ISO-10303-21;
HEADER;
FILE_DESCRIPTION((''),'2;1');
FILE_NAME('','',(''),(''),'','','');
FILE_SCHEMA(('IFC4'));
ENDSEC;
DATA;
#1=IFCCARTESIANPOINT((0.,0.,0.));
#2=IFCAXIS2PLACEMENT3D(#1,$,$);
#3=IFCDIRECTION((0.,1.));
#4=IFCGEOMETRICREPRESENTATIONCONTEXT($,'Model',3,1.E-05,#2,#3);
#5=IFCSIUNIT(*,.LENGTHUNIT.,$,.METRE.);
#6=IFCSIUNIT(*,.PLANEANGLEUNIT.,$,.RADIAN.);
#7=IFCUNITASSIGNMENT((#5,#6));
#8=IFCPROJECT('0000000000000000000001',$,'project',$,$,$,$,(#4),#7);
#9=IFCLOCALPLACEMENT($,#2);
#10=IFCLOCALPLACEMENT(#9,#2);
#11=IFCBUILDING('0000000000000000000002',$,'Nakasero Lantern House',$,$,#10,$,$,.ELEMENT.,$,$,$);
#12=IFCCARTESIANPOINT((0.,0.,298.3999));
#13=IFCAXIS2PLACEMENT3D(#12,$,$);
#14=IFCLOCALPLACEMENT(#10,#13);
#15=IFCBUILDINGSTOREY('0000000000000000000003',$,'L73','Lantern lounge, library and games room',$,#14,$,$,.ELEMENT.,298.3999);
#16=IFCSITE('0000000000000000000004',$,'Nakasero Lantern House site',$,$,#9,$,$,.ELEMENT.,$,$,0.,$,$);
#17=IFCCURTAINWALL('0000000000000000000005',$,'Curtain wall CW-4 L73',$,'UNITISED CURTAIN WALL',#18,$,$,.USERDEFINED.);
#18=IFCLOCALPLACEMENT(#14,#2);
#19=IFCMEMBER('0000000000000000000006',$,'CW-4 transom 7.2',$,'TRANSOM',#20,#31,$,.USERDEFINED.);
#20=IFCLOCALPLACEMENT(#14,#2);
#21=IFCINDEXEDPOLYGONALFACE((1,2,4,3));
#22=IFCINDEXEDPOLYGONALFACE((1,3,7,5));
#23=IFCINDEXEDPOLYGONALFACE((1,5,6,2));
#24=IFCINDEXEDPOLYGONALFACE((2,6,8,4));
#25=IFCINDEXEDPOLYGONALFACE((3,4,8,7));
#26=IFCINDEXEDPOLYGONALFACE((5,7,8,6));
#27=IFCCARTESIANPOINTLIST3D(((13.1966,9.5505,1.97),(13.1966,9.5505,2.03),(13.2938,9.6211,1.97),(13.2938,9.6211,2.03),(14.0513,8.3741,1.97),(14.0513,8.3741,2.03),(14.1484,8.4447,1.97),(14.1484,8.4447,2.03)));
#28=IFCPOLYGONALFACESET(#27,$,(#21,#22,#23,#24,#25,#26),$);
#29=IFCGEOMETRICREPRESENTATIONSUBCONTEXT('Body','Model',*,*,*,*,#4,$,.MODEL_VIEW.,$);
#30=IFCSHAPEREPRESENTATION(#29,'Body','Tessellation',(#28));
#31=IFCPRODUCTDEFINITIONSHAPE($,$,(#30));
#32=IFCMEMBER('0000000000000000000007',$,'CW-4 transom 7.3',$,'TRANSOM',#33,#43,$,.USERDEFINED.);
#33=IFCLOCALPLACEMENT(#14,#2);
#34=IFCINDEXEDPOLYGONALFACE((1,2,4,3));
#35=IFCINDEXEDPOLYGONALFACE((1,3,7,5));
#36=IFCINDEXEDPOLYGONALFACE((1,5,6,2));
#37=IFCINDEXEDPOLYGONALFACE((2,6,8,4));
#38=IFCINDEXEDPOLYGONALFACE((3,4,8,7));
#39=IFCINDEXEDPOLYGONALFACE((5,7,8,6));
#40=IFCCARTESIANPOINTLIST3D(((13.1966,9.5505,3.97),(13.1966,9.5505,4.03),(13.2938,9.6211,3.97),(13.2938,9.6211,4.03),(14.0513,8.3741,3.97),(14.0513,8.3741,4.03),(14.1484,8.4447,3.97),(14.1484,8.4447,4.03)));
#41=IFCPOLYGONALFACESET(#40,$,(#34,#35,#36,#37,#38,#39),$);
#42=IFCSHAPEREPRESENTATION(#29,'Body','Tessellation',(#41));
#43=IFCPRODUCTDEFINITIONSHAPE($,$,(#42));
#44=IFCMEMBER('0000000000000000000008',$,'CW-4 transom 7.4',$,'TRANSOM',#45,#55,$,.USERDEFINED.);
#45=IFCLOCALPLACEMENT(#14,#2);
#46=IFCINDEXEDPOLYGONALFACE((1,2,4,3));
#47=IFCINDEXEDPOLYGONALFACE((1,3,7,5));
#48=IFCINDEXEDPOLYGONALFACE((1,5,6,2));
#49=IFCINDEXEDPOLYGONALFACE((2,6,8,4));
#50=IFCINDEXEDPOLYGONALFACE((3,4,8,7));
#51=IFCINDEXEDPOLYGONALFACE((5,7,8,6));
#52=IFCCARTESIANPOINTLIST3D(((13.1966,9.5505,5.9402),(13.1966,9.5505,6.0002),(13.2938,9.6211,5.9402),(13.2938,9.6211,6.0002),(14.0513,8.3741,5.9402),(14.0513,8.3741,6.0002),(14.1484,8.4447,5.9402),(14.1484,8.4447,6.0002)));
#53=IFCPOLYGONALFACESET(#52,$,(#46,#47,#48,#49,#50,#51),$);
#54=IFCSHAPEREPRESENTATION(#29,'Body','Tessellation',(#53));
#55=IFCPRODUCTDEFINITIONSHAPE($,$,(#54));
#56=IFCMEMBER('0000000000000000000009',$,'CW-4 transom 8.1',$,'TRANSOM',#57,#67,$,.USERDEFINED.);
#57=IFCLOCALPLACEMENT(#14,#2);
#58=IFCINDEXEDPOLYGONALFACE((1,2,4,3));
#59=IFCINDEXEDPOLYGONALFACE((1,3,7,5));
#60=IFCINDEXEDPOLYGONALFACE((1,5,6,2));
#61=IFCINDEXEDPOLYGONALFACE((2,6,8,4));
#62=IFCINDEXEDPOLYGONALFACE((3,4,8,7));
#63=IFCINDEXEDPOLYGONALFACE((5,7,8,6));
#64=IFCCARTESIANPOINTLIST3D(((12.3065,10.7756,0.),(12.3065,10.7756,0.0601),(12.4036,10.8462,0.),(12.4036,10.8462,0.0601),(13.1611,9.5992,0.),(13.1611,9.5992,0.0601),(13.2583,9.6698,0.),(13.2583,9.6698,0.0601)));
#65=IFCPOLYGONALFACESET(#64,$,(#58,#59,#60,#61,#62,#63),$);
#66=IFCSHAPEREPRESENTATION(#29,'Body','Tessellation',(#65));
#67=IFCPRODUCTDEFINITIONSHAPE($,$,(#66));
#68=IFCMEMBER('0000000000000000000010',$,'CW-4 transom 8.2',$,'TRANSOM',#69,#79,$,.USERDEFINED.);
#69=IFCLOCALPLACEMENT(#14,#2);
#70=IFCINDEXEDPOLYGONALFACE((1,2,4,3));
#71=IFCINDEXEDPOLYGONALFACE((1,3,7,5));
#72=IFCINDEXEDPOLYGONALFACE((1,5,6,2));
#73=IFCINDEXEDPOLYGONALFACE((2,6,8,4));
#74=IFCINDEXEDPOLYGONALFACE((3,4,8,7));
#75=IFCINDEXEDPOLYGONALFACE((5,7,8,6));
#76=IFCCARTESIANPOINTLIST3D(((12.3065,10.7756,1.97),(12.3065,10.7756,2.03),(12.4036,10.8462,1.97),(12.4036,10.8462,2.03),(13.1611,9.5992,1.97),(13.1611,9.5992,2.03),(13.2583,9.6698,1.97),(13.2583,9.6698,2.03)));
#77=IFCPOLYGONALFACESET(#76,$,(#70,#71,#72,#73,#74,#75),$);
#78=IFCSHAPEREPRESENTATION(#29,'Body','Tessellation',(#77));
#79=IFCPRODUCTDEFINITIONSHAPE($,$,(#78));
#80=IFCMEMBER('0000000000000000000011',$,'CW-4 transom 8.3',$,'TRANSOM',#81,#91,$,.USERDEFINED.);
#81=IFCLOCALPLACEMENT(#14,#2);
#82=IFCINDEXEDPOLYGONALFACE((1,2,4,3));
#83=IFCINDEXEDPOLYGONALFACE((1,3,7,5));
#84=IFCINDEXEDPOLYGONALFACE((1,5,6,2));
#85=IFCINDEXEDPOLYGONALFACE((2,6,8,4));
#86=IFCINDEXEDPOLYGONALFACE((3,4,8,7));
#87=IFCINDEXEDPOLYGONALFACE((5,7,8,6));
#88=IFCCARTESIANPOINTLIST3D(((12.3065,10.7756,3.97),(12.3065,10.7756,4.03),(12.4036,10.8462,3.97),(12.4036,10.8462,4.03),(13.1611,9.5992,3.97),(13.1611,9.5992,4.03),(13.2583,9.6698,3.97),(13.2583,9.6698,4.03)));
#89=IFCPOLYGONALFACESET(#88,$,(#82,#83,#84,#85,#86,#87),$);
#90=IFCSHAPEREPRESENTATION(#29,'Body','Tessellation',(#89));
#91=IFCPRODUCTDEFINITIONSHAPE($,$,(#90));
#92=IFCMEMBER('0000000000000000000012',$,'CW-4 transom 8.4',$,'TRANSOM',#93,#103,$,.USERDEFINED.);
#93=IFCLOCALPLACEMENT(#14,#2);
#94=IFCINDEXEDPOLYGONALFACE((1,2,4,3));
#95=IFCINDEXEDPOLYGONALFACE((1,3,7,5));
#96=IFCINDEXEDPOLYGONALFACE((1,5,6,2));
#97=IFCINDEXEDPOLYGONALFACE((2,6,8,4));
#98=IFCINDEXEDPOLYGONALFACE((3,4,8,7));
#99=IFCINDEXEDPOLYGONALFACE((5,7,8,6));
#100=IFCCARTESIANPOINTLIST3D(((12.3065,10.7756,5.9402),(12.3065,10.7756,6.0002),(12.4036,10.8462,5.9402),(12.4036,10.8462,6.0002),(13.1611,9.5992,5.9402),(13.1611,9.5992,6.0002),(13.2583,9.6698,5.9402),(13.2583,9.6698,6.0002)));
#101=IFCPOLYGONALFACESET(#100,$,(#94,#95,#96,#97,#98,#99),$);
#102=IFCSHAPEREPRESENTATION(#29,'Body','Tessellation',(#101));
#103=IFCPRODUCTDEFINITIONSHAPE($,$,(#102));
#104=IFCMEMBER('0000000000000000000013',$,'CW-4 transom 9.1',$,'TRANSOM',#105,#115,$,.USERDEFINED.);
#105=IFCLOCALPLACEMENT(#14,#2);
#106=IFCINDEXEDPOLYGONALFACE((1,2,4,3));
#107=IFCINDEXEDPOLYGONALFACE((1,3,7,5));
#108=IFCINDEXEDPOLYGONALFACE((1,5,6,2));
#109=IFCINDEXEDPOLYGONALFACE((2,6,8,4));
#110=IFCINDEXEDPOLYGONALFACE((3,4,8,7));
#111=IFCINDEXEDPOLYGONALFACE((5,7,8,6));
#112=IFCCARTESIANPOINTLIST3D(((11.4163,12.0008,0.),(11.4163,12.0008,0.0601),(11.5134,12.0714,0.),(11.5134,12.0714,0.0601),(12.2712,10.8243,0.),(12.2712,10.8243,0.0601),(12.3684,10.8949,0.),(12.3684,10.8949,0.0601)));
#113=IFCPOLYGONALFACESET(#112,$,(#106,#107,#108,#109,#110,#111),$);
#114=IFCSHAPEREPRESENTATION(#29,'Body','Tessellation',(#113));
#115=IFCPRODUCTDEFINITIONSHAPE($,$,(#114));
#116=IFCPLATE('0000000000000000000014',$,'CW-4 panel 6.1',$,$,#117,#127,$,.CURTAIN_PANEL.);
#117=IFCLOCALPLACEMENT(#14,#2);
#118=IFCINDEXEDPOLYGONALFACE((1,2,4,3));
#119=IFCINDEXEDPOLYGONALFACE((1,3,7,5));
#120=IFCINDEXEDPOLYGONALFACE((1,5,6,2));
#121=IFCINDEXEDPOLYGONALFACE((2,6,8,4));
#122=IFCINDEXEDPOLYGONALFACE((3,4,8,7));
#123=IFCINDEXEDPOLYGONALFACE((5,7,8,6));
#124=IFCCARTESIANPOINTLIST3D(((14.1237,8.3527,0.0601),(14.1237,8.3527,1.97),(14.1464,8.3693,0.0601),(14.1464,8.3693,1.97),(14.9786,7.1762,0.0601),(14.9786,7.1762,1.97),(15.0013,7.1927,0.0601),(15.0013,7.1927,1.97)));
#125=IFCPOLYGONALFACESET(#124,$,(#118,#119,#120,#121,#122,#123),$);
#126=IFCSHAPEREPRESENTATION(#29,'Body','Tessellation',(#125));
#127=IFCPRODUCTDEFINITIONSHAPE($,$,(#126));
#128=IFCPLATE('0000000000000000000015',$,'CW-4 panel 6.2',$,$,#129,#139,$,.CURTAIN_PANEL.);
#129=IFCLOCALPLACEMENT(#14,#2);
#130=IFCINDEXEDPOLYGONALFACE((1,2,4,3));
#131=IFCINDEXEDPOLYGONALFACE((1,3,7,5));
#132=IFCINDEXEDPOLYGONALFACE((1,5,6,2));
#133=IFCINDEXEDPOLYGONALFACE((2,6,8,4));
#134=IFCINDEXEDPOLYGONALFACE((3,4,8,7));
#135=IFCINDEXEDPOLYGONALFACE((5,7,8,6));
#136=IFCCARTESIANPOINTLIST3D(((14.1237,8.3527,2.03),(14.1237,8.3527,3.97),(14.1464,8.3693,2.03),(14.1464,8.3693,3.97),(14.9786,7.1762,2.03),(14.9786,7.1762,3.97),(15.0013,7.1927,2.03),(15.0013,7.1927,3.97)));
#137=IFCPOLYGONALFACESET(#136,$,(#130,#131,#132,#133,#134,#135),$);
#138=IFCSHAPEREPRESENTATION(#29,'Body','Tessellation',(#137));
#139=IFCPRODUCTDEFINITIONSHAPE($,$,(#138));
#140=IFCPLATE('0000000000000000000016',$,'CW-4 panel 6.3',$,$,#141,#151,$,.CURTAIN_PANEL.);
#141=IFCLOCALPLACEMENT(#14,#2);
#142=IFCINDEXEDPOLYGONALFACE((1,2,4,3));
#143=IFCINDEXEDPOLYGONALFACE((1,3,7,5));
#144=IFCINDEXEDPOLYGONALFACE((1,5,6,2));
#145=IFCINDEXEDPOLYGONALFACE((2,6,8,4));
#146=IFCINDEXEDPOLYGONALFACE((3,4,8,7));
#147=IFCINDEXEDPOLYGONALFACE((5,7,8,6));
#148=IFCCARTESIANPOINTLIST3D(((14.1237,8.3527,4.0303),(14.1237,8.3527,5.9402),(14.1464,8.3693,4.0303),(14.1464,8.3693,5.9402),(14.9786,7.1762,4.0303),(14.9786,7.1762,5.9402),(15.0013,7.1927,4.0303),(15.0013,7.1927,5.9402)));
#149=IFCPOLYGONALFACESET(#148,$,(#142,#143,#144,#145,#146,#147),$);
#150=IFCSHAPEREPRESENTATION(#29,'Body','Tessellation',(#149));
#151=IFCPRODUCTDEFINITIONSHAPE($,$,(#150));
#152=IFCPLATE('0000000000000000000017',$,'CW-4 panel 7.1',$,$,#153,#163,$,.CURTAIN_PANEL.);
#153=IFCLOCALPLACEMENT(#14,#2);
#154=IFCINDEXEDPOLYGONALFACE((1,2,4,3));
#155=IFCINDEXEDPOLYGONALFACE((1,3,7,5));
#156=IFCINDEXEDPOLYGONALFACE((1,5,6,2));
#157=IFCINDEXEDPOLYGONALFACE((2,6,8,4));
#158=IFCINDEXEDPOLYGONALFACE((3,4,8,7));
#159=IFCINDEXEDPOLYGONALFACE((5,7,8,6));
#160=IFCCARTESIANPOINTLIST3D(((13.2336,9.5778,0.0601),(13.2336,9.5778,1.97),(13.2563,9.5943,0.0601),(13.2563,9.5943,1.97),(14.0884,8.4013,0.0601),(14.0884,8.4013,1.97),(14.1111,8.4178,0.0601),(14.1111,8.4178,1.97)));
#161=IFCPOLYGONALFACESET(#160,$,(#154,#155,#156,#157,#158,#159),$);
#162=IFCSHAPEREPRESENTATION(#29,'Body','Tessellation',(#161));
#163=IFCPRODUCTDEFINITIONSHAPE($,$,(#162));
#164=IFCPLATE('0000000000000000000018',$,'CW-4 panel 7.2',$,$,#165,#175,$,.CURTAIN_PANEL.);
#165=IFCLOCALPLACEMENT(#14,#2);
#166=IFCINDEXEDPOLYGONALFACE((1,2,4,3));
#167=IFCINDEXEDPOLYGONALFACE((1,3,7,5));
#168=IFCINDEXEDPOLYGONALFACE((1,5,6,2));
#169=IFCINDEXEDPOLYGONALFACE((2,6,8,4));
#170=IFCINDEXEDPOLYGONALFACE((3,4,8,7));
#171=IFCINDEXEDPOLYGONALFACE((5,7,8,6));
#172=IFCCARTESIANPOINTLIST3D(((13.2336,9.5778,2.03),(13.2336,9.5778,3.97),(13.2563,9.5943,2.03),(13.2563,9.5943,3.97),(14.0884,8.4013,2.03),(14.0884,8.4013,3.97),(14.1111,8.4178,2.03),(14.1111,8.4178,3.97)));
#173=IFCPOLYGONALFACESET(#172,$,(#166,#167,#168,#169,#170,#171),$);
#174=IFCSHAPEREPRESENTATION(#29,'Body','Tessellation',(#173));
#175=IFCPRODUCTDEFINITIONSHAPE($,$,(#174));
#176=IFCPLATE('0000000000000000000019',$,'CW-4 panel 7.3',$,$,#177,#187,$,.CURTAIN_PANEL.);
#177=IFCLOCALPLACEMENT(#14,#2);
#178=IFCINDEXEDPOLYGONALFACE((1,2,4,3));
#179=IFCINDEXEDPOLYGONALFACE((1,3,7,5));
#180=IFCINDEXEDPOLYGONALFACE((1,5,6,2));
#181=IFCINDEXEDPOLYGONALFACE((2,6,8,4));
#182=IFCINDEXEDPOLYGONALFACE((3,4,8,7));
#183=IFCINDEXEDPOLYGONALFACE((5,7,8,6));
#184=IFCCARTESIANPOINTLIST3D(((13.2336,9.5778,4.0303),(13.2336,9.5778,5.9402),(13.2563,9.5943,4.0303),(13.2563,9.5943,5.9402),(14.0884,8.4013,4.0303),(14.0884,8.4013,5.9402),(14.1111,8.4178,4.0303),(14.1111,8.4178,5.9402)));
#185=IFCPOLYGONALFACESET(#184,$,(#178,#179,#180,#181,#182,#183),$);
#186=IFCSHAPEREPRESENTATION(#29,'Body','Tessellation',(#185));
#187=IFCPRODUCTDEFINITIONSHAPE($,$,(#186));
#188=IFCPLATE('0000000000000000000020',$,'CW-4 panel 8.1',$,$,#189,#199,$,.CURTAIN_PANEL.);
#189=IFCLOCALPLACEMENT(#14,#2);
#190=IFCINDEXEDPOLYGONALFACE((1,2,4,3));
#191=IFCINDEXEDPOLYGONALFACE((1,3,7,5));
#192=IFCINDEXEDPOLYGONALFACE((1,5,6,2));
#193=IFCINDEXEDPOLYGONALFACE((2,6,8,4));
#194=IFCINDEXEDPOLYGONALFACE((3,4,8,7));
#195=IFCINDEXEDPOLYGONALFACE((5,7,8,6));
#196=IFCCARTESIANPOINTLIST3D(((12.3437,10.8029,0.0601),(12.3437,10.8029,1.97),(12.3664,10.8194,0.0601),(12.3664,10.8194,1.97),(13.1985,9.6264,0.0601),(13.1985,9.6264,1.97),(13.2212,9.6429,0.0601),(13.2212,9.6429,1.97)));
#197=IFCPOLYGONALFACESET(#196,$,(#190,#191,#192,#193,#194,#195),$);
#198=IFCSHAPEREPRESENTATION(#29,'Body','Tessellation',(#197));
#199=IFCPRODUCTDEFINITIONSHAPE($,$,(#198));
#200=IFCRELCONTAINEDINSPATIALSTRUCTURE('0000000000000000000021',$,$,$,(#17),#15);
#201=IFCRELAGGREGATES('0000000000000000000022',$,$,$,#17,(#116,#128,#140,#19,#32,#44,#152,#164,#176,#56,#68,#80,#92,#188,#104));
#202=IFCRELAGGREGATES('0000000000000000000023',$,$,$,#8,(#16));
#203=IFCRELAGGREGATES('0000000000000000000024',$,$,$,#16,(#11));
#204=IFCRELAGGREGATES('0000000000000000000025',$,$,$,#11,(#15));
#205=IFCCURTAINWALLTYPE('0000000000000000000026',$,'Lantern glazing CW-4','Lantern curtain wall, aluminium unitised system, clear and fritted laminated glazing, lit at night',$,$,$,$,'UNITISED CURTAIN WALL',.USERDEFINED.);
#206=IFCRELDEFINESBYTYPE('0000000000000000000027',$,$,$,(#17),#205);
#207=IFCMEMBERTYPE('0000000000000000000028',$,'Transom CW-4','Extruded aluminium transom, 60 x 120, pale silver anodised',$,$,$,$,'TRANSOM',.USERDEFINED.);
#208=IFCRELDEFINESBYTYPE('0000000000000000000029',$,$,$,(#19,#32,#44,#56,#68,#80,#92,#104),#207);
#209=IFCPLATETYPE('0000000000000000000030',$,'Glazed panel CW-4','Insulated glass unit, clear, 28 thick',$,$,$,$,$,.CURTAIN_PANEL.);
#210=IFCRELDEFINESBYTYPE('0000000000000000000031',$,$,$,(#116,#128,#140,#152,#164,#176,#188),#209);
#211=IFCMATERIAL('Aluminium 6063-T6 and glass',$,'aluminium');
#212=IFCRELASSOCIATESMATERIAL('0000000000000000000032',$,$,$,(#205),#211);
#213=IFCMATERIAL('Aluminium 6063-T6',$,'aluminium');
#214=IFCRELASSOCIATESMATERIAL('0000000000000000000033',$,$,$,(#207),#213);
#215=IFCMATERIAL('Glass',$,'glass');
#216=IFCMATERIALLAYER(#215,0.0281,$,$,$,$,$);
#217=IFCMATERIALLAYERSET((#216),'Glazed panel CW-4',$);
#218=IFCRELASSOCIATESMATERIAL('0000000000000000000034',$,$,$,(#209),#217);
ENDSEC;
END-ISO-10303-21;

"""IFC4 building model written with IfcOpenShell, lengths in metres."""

from ifc_helpers import new_model, si_unit, direction, frame, origin, origin_2d, place, context, subcontext, project, spatial, rectangle, extrude, material, layer, layer_set, material_profile, profile_set, type_object, element, aggregate, save


model = new_model("IFC4")

# Units and contexts
model_context = context("Model", 3, precision=1e-05, world=origin(), true_north=direction((0.0, 1.0)))
body_context = subcontext(model_context, "Body", "Model", "MODEL_VIEW")
ifc_project = project(units=[si_unit("LENGTHUNIT", "METRE"), si_unit("PLANEANGLEUNIT", "RADIAN")], contexts=[model_context])

# Site, building, storey
site_placement = place(None, origin())
site = spatial("IfcSite", under=ifc_project, at=site_placement, Name="Nakasero Lantern House site", CompositionType="ELEMENT", RefElevation=0.0)
building_placement = place(site_placement, origin())
building = spatial("IfcBuilding", under=site, at=building_placement, Name="Nakasero Lantern House", CompositionType="ELEMENT")
storey_placement = place(building_placement, frame((0.0, 0.0, 298.3999)))
storey = spatial("IfcBuildingStorey", under=building, at=storey_placement, Name="L73", Description="Lantern lounge, library and games room", CompositionType="ELEMENT", Elevation=298.3999)

# Curtain wall
ifc_material_1 = material(Name="Aluminium 6063-T6 and glass", Category="aluminium")
curtain_wall_type = type_object("IfcCurtainWallType", Name="Lantern glazing CW-4", Description="Lantern curtain wall, aluminium unitised system, clear and fritted laminated glazing, lit at night", ElementType="UNITISED CURTAIN WALL", PredefinedType="USERDEFINED", material=ifc_material_1)
curtain_wall_placement = place(storey_placement, origin())
curtain_wall = element("IfcCurtainWall", 1, at=curtain_wall_placement, inside=storey, type_object=curtain_wall_type, Name="Curtain wall CW-4 L73", ObjectType="UNITISED CURTAIN WALL", PredefinedType="USERDEFINED")

# Members
ifc_material_2 = material(Name="Aluminium 6063-T6", Category="aluminium")
ifc_material_profile_1 = material_profile(ifc_material_2, rectangle(XDim=0.0601, YDim=0.1201, at=origin_2d()), Name="CW-4 transom 60x120")
ifc_profile_set_1 = profile_set([ifc_material_profile_1], Name="Aluminium 6063-T6")
member_type_1 = type_object("IfcMemberType", Name="Transom CW-4", Description="Extruded aluminium transom, 60 x 120, pale silver anodised", ElementType="TRANSOM", PredefinedType="USERDEFINED", material=ifc_profile_set_1)
member_1_placement = place(storey_placement, frame((14.0999, 8.4094, 2.0), z_axis=(-0.587762, 0.809034, 0.0), x_axis=(0.0, 0.0, 1.0)))
member_1 = element("IfcMember", 2, at=member_1_placement, type_object=member_type_1, Name="CW-4 transom 7.2", ObjectType="TRANSOM", PredefinedType="USERDEFINED", context=body_context, shape_type="SweptSolid", body=[
    extrude(rectangle(XDim=0.0601, YDim=0.1201, at=origin_2d()), origin(), (0.0, 0.0, 1.0), 1.4541),
])
member_2_placement = place(storey_placement, frame((14.0999, 8.4094, 4.0), z_axis=(-0.587762, 0.809034, 0.0), x_axis=(0.0, 0.0, 1.0)))
member_2 = element("IfcMember", 3, at=member_2_placement, type_object=member_type_1, Name="CW-4 transom 7.3", ObjectType="TRANSOM", PredefinedType="USERDEFINED", context=body_context, shape_type="SweptSolid", body=[
    extrude(rectangle(XDim=0.0601, YDim=0.1201, at=origin_2d()), origin(), (0.0, 0.0, 1.0), 1.4541),
])
member_3_placement = place(storey_placement, frame((14.0999, 8.4094, 5.9702), z_axis=(-0.587762, 0.809034, 0.0), x_axis=(0.0, 0.0, 1.0)))
member_3 = element("IfcMember", 4, at=member_3_placement, type_object=member_type_1, Name="CW-4 transom 7.4", ObjectType="TRANSOM", PredefinedType="USERDEFINED", context=body_context, shape_type="SweptSolid", body=[
    extrude(rectangle(XDim=0.0601, YDim=0.1201, at=origin_2d()), origin(), (0.0, 0.0, 1.0), 1.4541),
])
member_4_placement = place(storey_placement, frame((13.2097, 9.6345, 0.03), z_axis=(-0.587762, 0.809034, 0.0), x_axis=(0.0, 0.0, 1.0)))
member_4 = element("IfcMember", 5, at=member_4_placement, type_object=member_type_1, Name="CW-4 transom 8.1", ObjectType="TRANSOM", PredefinedType="USERDEFINED", context=body_context, shape_type="SweptSolid", body=[
    extrude(rectangle(XDim=0.0601, YDim=0.1201, at=origin_2d()), origin(), (0.0, 0.0, 1.0), 1.4541),
])
member_5_placement = place(storey_placement, frame((13.2097, 9.6345, 2.0), z_axis=(-0.587762, 0.809034, 0.0), x_axis=(0.0, 0.0, 1.0)))
member_5 = element("IfcMember", 6, at=member_5_placement, type_object=member_type_1, Name="CW-4 transom 8.2", ObjectType="TRANSOM", PredefinedType="USERDEFINED", context=body_context, shape_type="SweptSolid", body=[
    extrude(rectangle(XDim=0.0601, YDim=0.1201, at=origin_2d()), origin(), (0.0, 0.0, 1.0), 1.4541),
])
member_6_placement = place(storey_placement, frame((13.2097, 9.6345, 4.0), z_axis=(-0.587762, 0.809034, 0.0), x_axis=(0.0, 0.0, 1.0)))
member_6 = element("IfcMember", 7, at=member_6_placement, type_object=member_type_1, Name="CW-4 transom 8.3", ObjectType="TRANSOM", PredefinedType="USERDEFINED", context=body_context, shape_type="SweptSolid", body=[
    extrude(rectangle(XDim=0.0601, YDim=0.1201, at=origin_2d()), origin(), (0.0, 0.0, 1.0), 1.4541),
])
member_7_placement = place(storey_placement, frame((13.2097, 9.6345, 5.9702), z_axis=(-0.587762, 0.809034, 0.0), x_axis=(0.0, 0.0, 1.0)))
member_7 = element("IfcMember", 8, at=member_7_placement, type_object=member_type_1, Name="CW-4 transom 8.4", ObjectType="TRANSOM", PredefinedType="USERDEFINED", context=body_context, shape_type="SweptSolid", body=[
    extrude(rectangle(XDim=0.0601, YDim=0.1201, at=origin_2d()), origin(), (0.0, 0.0, 1.0), 1.4541),
])
member_8_placement = place(storey_placement, frame((12.3198, 10.8596, 0.03), z_axis=(-0.587872, 0.808954, 0.0), x_axis=(0.0, 0.0, 1.0)))
member_8 = element("IfcMember", 9, at=member_8_placement, type_object=member_type_1, Name="CW-4 transom 9.1", ObjectType="TRANSOM", PredefinedType="USERDEFINED", context=body_context, shape_type="SweptSolid", body=[
    extrude(rectangle(XDim=0.0601, YDim=0.1201, at=origin_2d()), origin(), (0.0, 0.0, 1.0), 1.4543),
])

# Plates
ifc_material_3 = material(Name="Glass", Category="glass")
ifc_layer_1 = layer(ifc_material_3, 0.0281)
ifc_layer_set_1 = layer_set([ifc_layer_1], Name="Glazed panel CW-4")
plate_type = type_object("IfcPlateType", Name="Glazed panel CW-4", Description="Insulated glass unit, clear, 28 thick", PredefinedType="CURTAIN_PANEL", material=ifc_layer_set_1)
plate_1_placement = place(storey_placement, frame((14.5625, 7.7727, 0.0601), z_axis=(0.0, 0.0, 1.0), x_axis=(-0.587785, 0.809017, 0.0)))
plate_1 = element("IfcPlate", 10, at=plate_1_placement, type_object=plate_type, Name="CW-4 panel 6.1", PredefinedType="CURTAIN_PANEL", context=body_context, shape_type="SweptSolid", body=[
    extrude(rectangle(XDim=1.4543, YDim=0.0281, at=origin_2d()), origin(), (0.0, 0.0, 1.0), 1.9099),
])
plate_2_placement = place(storey_placement, frame((14.5625, 7.7727, 2.03), z_axis=(0.0, 0.0, 1.0), x_axis=(-0.587785, 0.809017, 0.0)))
plate_2 = element("IfcPlate", 11, at=plate_2_placement, type_object=plate_type, Name="CW-4 panel 6.2", PredefinedType="CURTAIN_PANEL", context=body_context, shape_type="SweptSolid", body=[
    extrude(rectangle(XDim=1.4543, YDim=0.0281, at=origin_2d()), origin(), (0.0, 0.0, 1.0), 1.9399),
])
plate_3_placement = place(storey_placement, frame((14.5625, 7.7727, 4.0303), z_axis=(0.0, 0.0, 1.0), x_axis=(-0.587785, 0.809017, 0.0)))
plate_3 = element("IfcPlate", 12, at=plate_3_placement, type_object=plate_type, Name="CW-4 panel 6.3", PredefinedType="CURTAIN_PANEL", context=body_context, shape_type="SweptSolid", body=[
    extrude(rectangle(XDim=1.4543, YDim=0.0281, at=origin_2d()), origin(), (0.0, 0.0, 1.0), 1.9099),
])
plate_4_placement = place(storey_placement, frame((13.6724, 8.9978, 0.0601), z_axis=(0.0, 0.0, 1.0), x_axis=(-0.587785, 0.809017, 0.0)))
plate_4 = element("IfcPlate", 13, at=plate_4_placement, type_object=plate_type, Name="CW-4 panel 7.1", PredefinedType="CURTAIN_PANEL", context=body_context, shape_type="SweptSolid", body=[
    extrude(rectangle(XDim=1.4543, YDim=0.0281, at=origin_2d()), origin(), (0.0, 0.0, 1.0), 1.9099),
])
plate_5_placement = place(storey_placement, frame((13.6724, 8.9978, 2.03), z_axis=(0.0, 0.0, 1.0), x_axis=(-0.587785, 0.809017, 0.0)))
plate_5 = element("IfcPlate", 14, at=plate_5_placement, type_object=plate_type, Name="CW-4 panel 7.2", PredefinedType="CURTAIN_PANEL", context=body_context, shape_type="SweptSolid", body=[
    extrude(rectangle(XDim=1.4543, YDim=0.0281, at=origin_2d()), origin(), (0.0, 0.0, 1.0), 1.9399),
])
plate_6_placement = place(storey_placement, frame((13.6724, 8.9978, 4.0303), z_axis=(0.0, 0.0, 1.0), x_axis=(-0.587785, 0.809017, 0.0)))
plate_6 = element("IfcPlate", 15, at=plate_6_placement, type_object=plate_type, Name="CW-4 panel 7.3", PredefinedType="CURTAIN_PANEL", context=body_context, shape_type="SweptSolid", body=[
    extrude(rectangle(XDim=1.4543, YDim=0.0281, at=origin_2d()), origin(), (0.0, 0.0, 1.0), 1.9099),
])
plate_7_placement = place(storey_placement, frame((12.7825, 10.2229, 0.0601), z_axis=(0.0, 0.0, 1.0), x_axis=(-0.587785, 0.809017, 0.0)))
plate_7 = element("IfcPlate", 16, at=plate_7_placement, type_object=plate_type, Name="CW-4 panel 8.1", PredefinedType="CURTAIN_PANEL", context=body_context, shape_type="SweptSolid", body=[
    extrude(rectangle(XDim=1.4543, YDim=0.0281, at=origin_2d()), origin(), (0.0, 0.0, 1.0), 1.9099),
])
aggregate(curtain_wall, [plate_1, plate_2, plate_3, member_1, member_2, member_3, plate_4, plate_5, plate_6, member_4, member_5, member_6, member_7, plate_7, member_8])

save(model, "model.ifc")
